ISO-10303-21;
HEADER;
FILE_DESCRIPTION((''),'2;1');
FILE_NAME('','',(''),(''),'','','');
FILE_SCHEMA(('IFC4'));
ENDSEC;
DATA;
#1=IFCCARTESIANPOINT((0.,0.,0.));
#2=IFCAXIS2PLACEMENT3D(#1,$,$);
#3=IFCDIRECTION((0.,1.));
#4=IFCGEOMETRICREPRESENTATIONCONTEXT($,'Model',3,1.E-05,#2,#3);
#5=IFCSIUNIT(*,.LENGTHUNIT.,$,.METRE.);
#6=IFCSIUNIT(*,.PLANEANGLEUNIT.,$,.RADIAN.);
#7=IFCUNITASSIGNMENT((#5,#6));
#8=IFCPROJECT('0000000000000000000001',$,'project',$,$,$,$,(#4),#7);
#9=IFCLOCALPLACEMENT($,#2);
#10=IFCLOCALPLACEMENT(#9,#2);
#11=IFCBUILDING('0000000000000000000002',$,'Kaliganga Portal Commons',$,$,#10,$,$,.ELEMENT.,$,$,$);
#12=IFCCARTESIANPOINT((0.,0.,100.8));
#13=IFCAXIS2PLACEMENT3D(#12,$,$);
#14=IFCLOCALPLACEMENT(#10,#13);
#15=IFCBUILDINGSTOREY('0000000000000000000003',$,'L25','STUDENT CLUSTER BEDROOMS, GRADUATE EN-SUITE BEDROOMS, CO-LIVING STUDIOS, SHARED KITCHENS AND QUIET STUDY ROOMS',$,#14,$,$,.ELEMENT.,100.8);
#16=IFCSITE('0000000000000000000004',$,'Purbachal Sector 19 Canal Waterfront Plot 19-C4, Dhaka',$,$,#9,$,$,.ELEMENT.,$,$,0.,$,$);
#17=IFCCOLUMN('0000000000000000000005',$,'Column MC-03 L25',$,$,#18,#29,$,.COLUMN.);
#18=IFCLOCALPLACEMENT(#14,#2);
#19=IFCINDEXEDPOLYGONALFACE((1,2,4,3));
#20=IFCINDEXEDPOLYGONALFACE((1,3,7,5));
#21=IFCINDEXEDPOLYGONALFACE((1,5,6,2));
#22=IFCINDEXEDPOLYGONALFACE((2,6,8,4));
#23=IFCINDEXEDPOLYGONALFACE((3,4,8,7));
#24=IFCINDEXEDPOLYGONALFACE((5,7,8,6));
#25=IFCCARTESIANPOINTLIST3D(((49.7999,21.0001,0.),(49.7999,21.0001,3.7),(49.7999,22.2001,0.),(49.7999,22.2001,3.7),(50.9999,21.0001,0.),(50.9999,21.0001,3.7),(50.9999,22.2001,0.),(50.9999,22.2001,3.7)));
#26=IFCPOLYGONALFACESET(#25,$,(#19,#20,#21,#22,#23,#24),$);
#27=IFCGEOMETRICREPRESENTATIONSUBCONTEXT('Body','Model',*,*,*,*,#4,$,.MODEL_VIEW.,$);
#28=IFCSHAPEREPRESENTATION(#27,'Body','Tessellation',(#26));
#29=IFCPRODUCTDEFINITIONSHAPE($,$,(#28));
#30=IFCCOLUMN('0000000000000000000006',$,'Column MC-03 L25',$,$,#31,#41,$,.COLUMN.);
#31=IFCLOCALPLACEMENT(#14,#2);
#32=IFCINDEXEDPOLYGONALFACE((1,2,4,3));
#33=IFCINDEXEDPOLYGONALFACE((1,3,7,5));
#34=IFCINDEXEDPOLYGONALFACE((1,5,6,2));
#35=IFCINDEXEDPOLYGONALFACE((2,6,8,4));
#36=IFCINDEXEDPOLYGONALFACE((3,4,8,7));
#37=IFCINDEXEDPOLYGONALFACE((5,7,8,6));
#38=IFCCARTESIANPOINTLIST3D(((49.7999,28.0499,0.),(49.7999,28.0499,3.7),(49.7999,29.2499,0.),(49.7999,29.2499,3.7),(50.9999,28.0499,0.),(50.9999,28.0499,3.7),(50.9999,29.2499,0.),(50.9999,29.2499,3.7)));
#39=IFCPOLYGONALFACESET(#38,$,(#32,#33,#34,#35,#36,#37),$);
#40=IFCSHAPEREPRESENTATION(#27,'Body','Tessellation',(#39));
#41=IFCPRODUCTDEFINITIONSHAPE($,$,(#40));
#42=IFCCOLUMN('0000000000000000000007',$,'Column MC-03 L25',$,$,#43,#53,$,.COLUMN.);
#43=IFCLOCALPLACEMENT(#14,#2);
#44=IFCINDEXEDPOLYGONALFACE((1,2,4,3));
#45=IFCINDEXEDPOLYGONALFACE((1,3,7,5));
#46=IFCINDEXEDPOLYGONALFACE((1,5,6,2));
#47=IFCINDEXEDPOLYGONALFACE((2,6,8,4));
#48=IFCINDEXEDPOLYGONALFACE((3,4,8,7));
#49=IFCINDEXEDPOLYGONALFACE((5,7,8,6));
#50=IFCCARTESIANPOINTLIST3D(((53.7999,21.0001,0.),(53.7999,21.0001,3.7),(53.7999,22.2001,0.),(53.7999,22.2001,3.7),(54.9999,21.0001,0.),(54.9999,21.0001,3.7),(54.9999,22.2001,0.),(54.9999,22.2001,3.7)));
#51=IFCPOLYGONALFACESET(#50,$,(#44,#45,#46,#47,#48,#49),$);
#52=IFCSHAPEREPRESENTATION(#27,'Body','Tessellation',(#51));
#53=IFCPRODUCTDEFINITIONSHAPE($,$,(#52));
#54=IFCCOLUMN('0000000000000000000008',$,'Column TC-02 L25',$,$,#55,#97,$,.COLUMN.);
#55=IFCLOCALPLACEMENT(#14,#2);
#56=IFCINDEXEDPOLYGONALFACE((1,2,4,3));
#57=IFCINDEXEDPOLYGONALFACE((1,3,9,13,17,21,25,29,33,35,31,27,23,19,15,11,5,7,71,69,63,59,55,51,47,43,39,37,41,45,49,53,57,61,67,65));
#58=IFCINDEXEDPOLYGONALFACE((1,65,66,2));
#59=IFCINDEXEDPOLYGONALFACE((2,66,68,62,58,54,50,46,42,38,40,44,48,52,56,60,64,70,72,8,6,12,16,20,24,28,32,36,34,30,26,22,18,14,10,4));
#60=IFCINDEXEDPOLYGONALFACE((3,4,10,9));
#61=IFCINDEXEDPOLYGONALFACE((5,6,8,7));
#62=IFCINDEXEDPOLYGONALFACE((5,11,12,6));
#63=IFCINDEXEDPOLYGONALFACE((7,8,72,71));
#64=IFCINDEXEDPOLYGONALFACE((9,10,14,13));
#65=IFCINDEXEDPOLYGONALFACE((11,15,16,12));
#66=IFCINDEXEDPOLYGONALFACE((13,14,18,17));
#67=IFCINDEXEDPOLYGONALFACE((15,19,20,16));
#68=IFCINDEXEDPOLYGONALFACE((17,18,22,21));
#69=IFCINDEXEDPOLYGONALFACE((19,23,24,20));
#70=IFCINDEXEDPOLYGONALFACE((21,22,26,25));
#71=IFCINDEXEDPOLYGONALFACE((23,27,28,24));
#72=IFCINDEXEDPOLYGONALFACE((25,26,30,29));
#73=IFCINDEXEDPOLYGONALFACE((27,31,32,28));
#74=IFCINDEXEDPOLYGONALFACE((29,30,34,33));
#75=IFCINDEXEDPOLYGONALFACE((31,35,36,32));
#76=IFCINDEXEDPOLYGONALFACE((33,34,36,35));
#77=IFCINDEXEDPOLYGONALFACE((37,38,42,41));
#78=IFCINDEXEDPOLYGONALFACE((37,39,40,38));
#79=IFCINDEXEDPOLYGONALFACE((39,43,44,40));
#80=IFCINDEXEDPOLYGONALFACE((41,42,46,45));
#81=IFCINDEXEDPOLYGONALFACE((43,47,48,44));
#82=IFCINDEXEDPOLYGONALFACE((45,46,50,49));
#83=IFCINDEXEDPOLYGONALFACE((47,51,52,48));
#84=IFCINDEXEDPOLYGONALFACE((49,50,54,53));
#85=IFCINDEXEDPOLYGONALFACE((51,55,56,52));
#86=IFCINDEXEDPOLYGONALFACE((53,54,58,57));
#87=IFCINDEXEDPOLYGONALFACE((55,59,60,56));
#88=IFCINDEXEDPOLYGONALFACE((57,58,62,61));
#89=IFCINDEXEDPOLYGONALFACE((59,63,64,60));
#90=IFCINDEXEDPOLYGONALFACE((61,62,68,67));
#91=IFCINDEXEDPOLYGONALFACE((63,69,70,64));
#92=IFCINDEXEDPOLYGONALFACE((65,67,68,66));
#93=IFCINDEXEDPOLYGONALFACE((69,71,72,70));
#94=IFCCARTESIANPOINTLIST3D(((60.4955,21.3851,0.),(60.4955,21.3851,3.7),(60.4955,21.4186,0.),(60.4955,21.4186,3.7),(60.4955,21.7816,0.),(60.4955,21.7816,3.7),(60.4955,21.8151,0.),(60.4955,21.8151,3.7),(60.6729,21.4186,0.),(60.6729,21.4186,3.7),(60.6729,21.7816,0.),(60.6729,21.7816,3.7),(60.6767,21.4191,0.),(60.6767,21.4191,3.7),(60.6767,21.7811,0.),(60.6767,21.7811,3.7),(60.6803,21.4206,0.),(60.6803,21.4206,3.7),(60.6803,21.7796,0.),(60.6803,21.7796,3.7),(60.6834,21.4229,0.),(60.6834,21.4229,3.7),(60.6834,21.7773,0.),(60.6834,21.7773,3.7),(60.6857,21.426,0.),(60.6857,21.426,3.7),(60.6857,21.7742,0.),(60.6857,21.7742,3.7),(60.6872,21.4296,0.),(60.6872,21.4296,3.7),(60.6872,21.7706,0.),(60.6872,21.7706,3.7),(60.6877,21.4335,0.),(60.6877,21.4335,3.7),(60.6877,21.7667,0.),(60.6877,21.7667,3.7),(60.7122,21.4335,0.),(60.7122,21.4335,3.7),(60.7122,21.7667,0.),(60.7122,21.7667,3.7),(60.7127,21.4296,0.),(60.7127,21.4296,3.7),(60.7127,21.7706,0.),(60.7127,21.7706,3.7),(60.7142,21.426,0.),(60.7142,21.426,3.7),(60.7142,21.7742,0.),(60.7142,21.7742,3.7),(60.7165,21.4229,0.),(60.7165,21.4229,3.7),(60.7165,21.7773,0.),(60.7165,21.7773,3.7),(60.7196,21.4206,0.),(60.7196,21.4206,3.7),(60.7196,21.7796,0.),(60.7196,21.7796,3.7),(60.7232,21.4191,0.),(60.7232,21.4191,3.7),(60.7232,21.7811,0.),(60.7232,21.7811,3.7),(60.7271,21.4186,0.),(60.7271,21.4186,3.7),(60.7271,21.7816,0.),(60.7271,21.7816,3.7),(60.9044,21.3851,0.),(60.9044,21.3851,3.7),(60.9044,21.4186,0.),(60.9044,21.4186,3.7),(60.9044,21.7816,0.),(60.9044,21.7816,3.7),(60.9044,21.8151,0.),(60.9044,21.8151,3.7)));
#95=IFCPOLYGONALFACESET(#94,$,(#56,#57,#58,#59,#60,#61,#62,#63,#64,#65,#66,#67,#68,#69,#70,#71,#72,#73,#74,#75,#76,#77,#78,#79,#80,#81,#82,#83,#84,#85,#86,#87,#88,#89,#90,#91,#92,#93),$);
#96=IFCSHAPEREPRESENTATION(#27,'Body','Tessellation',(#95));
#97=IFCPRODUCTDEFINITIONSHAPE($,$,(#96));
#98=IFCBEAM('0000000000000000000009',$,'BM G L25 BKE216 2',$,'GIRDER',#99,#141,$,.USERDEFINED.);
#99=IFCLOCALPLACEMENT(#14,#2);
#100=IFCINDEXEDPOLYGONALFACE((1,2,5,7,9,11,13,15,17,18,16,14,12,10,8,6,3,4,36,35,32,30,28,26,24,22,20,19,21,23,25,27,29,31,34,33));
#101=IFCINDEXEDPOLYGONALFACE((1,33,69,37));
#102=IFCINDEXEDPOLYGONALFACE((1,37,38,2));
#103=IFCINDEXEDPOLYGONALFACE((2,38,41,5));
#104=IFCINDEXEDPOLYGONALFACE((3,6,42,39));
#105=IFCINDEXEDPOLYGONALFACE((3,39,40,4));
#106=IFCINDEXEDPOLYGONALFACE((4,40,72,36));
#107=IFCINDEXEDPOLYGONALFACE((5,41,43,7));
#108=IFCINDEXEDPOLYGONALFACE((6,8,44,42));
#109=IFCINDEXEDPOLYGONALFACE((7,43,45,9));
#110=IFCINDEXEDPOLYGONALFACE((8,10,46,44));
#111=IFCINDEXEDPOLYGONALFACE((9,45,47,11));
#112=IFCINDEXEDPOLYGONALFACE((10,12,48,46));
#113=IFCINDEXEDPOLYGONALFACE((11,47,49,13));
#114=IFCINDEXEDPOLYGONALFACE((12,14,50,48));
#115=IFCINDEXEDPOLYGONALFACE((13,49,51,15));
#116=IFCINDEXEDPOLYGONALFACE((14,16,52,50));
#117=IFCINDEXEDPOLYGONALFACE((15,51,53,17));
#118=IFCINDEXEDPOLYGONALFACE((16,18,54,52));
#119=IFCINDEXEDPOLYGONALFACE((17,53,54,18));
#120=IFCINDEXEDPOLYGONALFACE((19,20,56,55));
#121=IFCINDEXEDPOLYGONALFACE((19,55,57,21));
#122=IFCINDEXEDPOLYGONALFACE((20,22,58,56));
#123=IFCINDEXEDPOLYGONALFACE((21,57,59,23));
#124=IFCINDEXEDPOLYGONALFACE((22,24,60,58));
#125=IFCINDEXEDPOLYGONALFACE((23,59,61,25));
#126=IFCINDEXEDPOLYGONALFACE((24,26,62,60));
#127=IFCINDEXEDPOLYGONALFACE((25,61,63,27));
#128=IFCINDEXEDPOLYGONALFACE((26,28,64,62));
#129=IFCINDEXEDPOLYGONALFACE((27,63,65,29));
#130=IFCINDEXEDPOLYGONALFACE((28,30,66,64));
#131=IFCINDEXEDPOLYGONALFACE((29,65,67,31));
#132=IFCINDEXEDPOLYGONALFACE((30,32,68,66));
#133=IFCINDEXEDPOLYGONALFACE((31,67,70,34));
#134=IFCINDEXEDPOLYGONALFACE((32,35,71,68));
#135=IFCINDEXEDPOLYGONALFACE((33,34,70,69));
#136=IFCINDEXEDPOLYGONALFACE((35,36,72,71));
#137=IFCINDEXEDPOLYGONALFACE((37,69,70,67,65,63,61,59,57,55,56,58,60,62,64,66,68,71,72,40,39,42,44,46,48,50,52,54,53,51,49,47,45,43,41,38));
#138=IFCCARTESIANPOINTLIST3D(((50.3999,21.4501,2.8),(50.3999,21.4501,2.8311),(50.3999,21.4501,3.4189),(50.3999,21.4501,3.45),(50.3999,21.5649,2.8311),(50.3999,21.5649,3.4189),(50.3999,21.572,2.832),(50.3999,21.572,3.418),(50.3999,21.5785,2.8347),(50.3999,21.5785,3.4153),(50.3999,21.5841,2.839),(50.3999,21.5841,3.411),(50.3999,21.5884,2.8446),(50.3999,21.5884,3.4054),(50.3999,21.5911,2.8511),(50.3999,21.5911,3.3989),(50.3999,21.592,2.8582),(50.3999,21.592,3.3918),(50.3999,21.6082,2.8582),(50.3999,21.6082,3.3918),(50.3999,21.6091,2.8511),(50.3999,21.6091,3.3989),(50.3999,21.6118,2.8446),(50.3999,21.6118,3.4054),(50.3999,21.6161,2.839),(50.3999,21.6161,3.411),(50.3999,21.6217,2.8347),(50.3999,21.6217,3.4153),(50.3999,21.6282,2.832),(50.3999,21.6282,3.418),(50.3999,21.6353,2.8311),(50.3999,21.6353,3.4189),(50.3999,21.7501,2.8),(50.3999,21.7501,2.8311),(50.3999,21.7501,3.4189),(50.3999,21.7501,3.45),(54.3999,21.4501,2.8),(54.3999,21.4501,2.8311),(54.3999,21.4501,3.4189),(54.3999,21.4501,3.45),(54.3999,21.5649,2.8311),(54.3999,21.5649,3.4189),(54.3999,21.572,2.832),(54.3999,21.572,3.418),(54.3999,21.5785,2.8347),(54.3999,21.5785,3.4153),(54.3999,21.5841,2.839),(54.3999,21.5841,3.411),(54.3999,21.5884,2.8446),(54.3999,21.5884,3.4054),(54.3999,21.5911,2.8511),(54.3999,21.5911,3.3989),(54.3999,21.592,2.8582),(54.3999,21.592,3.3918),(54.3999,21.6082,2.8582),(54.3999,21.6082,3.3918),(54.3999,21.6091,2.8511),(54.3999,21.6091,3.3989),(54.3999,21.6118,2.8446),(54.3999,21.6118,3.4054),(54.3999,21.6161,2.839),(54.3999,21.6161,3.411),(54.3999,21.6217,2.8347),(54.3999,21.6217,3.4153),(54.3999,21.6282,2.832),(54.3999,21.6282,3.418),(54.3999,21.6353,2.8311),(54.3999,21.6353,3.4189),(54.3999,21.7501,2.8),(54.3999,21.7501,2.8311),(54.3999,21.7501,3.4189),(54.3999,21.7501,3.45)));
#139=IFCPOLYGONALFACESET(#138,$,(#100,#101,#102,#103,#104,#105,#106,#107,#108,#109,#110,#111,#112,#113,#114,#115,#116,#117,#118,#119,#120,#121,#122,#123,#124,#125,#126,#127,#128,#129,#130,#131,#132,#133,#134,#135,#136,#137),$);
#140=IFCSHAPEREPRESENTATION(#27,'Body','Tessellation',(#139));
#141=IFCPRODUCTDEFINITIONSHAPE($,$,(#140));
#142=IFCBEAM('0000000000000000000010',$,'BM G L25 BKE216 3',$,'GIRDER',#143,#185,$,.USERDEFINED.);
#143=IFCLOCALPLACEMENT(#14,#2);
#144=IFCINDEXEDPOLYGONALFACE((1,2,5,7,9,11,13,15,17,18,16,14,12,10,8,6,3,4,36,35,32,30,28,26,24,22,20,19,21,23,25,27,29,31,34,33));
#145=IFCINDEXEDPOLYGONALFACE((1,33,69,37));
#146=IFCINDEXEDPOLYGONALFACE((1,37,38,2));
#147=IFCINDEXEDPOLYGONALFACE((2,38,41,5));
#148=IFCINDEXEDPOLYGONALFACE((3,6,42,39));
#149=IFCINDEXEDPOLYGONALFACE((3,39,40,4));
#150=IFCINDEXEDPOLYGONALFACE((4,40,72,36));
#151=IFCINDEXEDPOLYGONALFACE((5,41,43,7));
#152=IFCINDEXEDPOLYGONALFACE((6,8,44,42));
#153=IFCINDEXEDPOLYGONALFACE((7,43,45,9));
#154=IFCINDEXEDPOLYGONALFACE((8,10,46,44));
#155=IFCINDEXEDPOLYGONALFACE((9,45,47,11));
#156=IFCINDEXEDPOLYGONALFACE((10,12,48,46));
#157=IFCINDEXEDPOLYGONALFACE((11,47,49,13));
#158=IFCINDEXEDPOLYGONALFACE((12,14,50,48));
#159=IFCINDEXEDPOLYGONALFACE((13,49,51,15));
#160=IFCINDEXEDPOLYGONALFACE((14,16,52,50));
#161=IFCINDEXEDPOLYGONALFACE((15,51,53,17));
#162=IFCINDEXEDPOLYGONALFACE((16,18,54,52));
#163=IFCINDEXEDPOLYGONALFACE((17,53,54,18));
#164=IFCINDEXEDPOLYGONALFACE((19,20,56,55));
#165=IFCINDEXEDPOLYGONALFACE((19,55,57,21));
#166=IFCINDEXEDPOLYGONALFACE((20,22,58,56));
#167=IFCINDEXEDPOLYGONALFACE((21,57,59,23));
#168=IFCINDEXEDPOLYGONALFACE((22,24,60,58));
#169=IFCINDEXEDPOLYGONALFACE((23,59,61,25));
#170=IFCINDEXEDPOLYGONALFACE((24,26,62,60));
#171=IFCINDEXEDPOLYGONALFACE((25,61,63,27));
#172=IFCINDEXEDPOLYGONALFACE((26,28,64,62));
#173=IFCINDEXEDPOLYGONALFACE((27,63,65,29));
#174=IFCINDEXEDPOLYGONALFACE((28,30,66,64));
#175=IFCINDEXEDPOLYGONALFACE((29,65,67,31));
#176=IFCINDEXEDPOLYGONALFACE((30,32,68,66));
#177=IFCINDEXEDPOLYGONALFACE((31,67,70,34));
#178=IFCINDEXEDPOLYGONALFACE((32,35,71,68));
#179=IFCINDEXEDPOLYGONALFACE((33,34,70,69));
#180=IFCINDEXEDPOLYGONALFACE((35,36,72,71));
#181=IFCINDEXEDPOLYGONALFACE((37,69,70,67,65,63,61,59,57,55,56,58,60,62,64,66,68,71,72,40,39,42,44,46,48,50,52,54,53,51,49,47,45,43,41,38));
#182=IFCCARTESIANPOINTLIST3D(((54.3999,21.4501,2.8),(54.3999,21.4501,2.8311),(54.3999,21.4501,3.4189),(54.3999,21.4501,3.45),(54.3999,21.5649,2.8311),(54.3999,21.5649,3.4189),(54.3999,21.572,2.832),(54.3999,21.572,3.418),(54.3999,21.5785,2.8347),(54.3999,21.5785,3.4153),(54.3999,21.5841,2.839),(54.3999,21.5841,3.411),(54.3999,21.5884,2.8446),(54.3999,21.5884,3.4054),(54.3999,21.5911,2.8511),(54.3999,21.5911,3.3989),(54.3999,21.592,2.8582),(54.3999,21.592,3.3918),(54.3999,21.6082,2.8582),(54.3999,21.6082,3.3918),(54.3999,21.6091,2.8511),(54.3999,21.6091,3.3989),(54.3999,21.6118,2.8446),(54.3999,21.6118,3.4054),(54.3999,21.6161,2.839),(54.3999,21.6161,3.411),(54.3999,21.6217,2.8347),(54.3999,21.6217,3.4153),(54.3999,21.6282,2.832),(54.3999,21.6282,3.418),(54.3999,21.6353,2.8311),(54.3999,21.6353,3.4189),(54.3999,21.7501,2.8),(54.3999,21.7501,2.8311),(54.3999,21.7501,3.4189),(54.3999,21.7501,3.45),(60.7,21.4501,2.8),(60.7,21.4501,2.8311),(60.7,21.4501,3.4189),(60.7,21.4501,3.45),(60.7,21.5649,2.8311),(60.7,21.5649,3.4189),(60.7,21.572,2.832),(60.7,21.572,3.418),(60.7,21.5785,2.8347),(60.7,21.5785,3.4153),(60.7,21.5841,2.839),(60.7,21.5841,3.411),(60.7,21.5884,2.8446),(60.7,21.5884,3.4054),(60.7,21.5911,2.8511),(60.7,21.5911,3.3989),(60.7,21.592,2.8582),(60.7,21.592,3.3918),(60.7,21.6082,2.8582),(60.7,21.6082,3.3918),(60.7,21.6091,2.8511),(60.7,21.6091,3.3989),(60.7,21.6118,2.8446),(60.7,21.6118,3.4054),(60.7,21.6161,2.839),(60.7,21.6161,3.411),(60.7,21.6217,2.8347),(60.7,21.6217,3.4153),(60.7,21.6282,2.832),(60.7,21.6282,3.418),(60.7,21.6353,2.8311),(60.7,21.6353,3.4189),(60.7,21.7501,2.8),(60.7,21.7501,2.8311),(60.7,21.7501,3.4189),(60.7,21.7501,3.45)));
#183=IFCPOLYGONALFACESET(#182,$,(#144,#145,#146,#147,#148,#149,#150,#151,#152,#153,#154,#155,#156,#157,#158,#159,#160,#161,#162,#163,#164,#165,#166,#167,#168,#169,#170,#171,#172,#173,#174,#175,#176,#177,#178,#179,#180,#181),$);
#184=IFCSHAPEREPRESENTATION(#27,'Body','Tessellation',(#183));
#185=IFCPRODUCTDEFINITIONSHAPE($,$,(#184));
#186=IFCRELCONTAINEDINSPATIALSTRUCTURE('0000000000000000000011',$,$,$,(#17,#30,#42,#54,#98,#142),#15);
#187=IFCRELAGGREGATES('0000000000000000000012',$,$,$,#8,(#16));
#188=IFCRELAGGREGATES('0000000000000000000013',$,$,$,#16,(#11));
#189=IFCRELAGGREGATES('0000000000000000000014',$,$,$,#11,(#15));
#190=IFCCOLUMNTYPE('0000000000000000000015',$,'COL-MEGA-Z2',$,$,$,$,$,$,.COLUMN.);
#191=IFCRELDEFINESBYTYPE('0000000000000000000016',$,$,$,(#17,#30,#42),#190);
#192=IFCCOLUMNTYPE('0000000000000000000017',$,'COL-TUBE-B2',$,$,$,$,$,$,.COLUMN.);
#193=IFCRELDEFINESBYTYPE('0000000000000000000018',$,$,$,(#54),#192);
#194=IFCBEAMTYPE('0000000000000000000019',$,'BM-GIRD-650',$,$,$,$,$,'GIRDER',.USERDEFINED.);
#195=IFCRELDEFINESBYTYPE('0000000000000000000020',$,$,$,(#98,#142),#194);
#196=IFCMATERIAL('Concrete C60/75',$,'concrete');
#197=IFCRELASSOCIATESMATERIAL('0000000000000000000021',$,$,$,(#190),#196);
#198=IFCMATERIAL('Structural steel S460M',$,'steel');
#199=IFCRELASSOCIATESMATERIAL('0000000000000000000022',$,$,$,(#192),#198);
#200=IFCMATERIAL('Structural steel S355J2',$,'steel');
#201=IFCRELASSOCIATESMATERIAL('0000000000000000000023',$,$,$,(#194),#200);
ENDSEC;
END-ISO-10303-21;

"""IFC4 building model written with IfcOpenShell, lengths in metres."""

from ifc_helpers import new_model, si_unit, direction, frame, origin, origin_2d, place, context, subcontext, project, spatial, rectangle, i_section, extrude, source, transform, mapped, material, material_profile, profile_set, type_object, element, save


model = new_model("IFC4")

# Units and contexts
model_context = context("Model", 3, precision=1e-05, world=origin(), true_north=direction((0.0, 1.0)))
body_context = subcontext(model_context, "Body", "Model", "MODEL_VIEW")
ifc_project = project(units=[si_unit("LENGTHUNIT", "METRE"), si_unit("PLANEANGLEUNIT", "RADIAN")], contexts=[model_context])

# Site, building, storey
site_placement = place(None, origin())
site = spatial("IfcSite", under=ifc_project, at=site_placement, Name="Purbachal Sector 19 Canal Waterfront Plot 19-C4, Dhaka", CompositionType="ELEMENT", RefElevation=0.0)
building_placement = place(site_placement, origin())
building = spatial("IfcBuilding", under=site, at=building_placement, Name="Kaliganga Portal Commons", CompositionType="ELEMENT")
storey_placement = place(building_placement, frame((0.0, 0.0, 100.8)))
storey = spatial("IfcBuildingStorey", under=building, at=storey_placement, Name="L25", Description="STUDENT CLUSTER BEDROOMS, GRADUATE EN-SUITE BEDROOMS, CO-LIVING STUDIOS, SHARED KITCHENS AND QUIET STUDY ROOMS", CompositionType="ELEMENT", Elevation=100.8)

# Columns
ifc_material_1 = material(Name="Concrete C60/75", Category="concrete")
ifc_material_profile_1 = material_profile(ifc_material_1, rectangle(XDim=1.2, YDim=1.2, at=origin_2d()), Name="RC 1200x1200")
ifc_profile_set_1 = profile_set([ifc_material_profile_1], Name="Concrete C60/75")
column_type_1 = type_object("IfcColumnType", Name="COL-MEGA-Z2", PredefinedType="COLUMN", material=ifc_profile_set_1)
shared_shape_1 = source(origin(), body_context, "Body", "SweptSolid", [
    extrude(rectangle(XDim=1.2, YDim=1.2, at=origin_2d()), origin(), (0.0, 0.0, 1.0), 3.7),
])
for number, where, z_axis, x_axis, name in (
    (1, (50.3999, 21.6001, 0.0), (0.0, 0.0, 1.0), (1.0, 0.0, 0.0), "Column MC-03 L25"),
    (2, (50.3999, 28.6499, 0.0), (0.0, 0.0, 1.0), (1.0, 0.0, 0.0), "Column MC-03 L25"),
    (3, (54.3999, 21.6001, 0.0), (0.0, 0.0, 1.0), (1.0, 0.0, 0.0), "Column MC-03 L25"),
):
    element("IfcColumn", number, at=place(storey_placement, frame(where, z_axis=z_axis, x_axis=x_axis)), inside=storey, type_object=column_type_1, Name=name, PredefinedType="COLUMN", context=body_context, shape_type="MappedRepresentation", body=[
        mapped(shared_shape_1, transform((0.0, 0.0, 0.0), x_axis=(1.0, 0.0, 0.0), y_axis=(0.0, 1.0, 0.0), z_axis=(0.0, 0.0, 1.0), scale=1.0)),
    ])
ifc_material_2 = material(Name="Structural steel S460M", Category="steel")
ifc_material_profile_2 = material_profile(ifc_material_2, i_section(OverallWidth=0.4089, OverallDepth=0.4299, WebThickness=0.0244, FlangeThickness=0.0334, FilletRadius=0.0149, at=origin_2d()), Name="HD 400x421")
ifc_profile_set_2 = profile_set([ifc_material_profile_2], Name="Structural steel S460M wide-flange")
column_type_2 = type_object("IfcColumnType", Name="COL-TUBE-B2", PredefinedType="COLUMN", material=ifc_profile_set_2)
shared_shape_2 = source(origin(), body_context, "Body", "SweptSolid", [
    extrude(i_section(OverallWidth=0.4089, OverallDepth=0.4299, WebThickness=0.0244, FlangeThickness=0.0334, FilletRadius=0.0149, at=origin_2d()), origin(), (0.0, 0.0, 1.0), 3.7),
])
column_placement = place(storey_placement, frame((60.7, 21.6001, 0.0), z_axis=(0.0, 0.0, 1.0), x_axis=(1.0, 0.0, 0.0)))
element("IfcColumn", 4, at=column_placement, inside=storey, type_object=column_type_2, Name="Column TC-02 L25", PredefinedType="COLUMN", context=body_context, shape_type="MappedRepresentation", body=[
    mapped(shared_shape_2, transform((0.0, 0.0, 0.0), x_axis=(1.0, 0.0, 0.0), y_axis=(0.0, 1.0, 0.0), z_axis=(0.0, 0.0, 1.0), scale=1.0)),
])

# Beams
ifc_material_3 = material(Name="Structural steel S355J2", Category="steel")
ifc_material_profile_3 = material_profile(ifc_material_3, i_section(OverallWidth=0.3, OverallDepth=0.6499, WebThickness=0.0161, FlangeThickness=0.031, FilletRadius=0.0271, at=origin_2d()), Name="HE 650 B")
ifc_profile_set_3 = profile_set([ifc_material_profile_3], Name="Structural steel S355J2 wide-flange")
beam_type_1 = type_object("IfcBeamType", Name="BM-GIRD-650", ElementType="GIRDER", PredefinedType="USERDEFINED", material=ifc_profile_set_3)
shared_shape_3 = source(origin(), body_context, "Body", "SweptSolid", [
    extrude(i_section(OverallWidth=0.3, OverallDepth=0.6499, WebThickness=0.0161, FlangeThickness=0.031, FilletRadius=0.0271, at=origin_2d()), origin(), (0.0, 0.0, 1.0), 4.0),
])
beam_1_placement = place(storey_placement, frame((50.3999, 21.6001, 3.125), z_axis=(1.0, 0.0, 0.0), x_axis=(0.0, 1.0, 0.0)))
element("IfcBeam", 5, at=beam_1_placement, inside=storey, type_object=beam_type_1, Name="BM G L25 BKE216 2", ObjectType="GIRDER", PredefinedType="USERDEFINED", context=body_context, shape_type="MappedRepresentation", body=[
    mapped(shared_shape_3, transform((0.0, 0.0, 0.0), x_axis=(1.0, 0.0, 0.0), y_axis=(0.0, 1.0, 0.0), z_axis=(0.0, 0.0, 1.0), scale=1.0)),
])
shared_shape_4 = source(origin(), body_context, "Body", "SweptSolid", [
    extrude(i_section(OverallWidth=0.3, OverallDepth=0.6499, WebThickness=0.0161, FlangeThickness=0.031, FilletRadius=0.0271, at=origin_2d()), origin(), (0.0, 0.0, 1.0), 6.3),
])
beam_2_placement = place(storey_placement, frame((54.3999, 21.6001, 3.125), z_axis=(1.0, 0.0, 0.0), x_axis=(0.0, 1.0, 0.0)))
element("IfcBeam", 6, at=beam_2_placement, inside=storey, type_object=beam_type_1, Name="BM G L25 BKE216 3", ObjectType="GIRDER", PredefinedType="USERDEFINED", context=body_context, shape_type="MappedRepresentation", body=[
    mapped(shared_shape_4, transform((0.0, 0.0, 0.0), x_axis=(1.0, 0.0, 0.0), y_axis=(0.0, 1.0, 0.0), z_axis=(0.0, 0.0, 1.0), scale=1.0)),
])

save(model, "model.ifc")
